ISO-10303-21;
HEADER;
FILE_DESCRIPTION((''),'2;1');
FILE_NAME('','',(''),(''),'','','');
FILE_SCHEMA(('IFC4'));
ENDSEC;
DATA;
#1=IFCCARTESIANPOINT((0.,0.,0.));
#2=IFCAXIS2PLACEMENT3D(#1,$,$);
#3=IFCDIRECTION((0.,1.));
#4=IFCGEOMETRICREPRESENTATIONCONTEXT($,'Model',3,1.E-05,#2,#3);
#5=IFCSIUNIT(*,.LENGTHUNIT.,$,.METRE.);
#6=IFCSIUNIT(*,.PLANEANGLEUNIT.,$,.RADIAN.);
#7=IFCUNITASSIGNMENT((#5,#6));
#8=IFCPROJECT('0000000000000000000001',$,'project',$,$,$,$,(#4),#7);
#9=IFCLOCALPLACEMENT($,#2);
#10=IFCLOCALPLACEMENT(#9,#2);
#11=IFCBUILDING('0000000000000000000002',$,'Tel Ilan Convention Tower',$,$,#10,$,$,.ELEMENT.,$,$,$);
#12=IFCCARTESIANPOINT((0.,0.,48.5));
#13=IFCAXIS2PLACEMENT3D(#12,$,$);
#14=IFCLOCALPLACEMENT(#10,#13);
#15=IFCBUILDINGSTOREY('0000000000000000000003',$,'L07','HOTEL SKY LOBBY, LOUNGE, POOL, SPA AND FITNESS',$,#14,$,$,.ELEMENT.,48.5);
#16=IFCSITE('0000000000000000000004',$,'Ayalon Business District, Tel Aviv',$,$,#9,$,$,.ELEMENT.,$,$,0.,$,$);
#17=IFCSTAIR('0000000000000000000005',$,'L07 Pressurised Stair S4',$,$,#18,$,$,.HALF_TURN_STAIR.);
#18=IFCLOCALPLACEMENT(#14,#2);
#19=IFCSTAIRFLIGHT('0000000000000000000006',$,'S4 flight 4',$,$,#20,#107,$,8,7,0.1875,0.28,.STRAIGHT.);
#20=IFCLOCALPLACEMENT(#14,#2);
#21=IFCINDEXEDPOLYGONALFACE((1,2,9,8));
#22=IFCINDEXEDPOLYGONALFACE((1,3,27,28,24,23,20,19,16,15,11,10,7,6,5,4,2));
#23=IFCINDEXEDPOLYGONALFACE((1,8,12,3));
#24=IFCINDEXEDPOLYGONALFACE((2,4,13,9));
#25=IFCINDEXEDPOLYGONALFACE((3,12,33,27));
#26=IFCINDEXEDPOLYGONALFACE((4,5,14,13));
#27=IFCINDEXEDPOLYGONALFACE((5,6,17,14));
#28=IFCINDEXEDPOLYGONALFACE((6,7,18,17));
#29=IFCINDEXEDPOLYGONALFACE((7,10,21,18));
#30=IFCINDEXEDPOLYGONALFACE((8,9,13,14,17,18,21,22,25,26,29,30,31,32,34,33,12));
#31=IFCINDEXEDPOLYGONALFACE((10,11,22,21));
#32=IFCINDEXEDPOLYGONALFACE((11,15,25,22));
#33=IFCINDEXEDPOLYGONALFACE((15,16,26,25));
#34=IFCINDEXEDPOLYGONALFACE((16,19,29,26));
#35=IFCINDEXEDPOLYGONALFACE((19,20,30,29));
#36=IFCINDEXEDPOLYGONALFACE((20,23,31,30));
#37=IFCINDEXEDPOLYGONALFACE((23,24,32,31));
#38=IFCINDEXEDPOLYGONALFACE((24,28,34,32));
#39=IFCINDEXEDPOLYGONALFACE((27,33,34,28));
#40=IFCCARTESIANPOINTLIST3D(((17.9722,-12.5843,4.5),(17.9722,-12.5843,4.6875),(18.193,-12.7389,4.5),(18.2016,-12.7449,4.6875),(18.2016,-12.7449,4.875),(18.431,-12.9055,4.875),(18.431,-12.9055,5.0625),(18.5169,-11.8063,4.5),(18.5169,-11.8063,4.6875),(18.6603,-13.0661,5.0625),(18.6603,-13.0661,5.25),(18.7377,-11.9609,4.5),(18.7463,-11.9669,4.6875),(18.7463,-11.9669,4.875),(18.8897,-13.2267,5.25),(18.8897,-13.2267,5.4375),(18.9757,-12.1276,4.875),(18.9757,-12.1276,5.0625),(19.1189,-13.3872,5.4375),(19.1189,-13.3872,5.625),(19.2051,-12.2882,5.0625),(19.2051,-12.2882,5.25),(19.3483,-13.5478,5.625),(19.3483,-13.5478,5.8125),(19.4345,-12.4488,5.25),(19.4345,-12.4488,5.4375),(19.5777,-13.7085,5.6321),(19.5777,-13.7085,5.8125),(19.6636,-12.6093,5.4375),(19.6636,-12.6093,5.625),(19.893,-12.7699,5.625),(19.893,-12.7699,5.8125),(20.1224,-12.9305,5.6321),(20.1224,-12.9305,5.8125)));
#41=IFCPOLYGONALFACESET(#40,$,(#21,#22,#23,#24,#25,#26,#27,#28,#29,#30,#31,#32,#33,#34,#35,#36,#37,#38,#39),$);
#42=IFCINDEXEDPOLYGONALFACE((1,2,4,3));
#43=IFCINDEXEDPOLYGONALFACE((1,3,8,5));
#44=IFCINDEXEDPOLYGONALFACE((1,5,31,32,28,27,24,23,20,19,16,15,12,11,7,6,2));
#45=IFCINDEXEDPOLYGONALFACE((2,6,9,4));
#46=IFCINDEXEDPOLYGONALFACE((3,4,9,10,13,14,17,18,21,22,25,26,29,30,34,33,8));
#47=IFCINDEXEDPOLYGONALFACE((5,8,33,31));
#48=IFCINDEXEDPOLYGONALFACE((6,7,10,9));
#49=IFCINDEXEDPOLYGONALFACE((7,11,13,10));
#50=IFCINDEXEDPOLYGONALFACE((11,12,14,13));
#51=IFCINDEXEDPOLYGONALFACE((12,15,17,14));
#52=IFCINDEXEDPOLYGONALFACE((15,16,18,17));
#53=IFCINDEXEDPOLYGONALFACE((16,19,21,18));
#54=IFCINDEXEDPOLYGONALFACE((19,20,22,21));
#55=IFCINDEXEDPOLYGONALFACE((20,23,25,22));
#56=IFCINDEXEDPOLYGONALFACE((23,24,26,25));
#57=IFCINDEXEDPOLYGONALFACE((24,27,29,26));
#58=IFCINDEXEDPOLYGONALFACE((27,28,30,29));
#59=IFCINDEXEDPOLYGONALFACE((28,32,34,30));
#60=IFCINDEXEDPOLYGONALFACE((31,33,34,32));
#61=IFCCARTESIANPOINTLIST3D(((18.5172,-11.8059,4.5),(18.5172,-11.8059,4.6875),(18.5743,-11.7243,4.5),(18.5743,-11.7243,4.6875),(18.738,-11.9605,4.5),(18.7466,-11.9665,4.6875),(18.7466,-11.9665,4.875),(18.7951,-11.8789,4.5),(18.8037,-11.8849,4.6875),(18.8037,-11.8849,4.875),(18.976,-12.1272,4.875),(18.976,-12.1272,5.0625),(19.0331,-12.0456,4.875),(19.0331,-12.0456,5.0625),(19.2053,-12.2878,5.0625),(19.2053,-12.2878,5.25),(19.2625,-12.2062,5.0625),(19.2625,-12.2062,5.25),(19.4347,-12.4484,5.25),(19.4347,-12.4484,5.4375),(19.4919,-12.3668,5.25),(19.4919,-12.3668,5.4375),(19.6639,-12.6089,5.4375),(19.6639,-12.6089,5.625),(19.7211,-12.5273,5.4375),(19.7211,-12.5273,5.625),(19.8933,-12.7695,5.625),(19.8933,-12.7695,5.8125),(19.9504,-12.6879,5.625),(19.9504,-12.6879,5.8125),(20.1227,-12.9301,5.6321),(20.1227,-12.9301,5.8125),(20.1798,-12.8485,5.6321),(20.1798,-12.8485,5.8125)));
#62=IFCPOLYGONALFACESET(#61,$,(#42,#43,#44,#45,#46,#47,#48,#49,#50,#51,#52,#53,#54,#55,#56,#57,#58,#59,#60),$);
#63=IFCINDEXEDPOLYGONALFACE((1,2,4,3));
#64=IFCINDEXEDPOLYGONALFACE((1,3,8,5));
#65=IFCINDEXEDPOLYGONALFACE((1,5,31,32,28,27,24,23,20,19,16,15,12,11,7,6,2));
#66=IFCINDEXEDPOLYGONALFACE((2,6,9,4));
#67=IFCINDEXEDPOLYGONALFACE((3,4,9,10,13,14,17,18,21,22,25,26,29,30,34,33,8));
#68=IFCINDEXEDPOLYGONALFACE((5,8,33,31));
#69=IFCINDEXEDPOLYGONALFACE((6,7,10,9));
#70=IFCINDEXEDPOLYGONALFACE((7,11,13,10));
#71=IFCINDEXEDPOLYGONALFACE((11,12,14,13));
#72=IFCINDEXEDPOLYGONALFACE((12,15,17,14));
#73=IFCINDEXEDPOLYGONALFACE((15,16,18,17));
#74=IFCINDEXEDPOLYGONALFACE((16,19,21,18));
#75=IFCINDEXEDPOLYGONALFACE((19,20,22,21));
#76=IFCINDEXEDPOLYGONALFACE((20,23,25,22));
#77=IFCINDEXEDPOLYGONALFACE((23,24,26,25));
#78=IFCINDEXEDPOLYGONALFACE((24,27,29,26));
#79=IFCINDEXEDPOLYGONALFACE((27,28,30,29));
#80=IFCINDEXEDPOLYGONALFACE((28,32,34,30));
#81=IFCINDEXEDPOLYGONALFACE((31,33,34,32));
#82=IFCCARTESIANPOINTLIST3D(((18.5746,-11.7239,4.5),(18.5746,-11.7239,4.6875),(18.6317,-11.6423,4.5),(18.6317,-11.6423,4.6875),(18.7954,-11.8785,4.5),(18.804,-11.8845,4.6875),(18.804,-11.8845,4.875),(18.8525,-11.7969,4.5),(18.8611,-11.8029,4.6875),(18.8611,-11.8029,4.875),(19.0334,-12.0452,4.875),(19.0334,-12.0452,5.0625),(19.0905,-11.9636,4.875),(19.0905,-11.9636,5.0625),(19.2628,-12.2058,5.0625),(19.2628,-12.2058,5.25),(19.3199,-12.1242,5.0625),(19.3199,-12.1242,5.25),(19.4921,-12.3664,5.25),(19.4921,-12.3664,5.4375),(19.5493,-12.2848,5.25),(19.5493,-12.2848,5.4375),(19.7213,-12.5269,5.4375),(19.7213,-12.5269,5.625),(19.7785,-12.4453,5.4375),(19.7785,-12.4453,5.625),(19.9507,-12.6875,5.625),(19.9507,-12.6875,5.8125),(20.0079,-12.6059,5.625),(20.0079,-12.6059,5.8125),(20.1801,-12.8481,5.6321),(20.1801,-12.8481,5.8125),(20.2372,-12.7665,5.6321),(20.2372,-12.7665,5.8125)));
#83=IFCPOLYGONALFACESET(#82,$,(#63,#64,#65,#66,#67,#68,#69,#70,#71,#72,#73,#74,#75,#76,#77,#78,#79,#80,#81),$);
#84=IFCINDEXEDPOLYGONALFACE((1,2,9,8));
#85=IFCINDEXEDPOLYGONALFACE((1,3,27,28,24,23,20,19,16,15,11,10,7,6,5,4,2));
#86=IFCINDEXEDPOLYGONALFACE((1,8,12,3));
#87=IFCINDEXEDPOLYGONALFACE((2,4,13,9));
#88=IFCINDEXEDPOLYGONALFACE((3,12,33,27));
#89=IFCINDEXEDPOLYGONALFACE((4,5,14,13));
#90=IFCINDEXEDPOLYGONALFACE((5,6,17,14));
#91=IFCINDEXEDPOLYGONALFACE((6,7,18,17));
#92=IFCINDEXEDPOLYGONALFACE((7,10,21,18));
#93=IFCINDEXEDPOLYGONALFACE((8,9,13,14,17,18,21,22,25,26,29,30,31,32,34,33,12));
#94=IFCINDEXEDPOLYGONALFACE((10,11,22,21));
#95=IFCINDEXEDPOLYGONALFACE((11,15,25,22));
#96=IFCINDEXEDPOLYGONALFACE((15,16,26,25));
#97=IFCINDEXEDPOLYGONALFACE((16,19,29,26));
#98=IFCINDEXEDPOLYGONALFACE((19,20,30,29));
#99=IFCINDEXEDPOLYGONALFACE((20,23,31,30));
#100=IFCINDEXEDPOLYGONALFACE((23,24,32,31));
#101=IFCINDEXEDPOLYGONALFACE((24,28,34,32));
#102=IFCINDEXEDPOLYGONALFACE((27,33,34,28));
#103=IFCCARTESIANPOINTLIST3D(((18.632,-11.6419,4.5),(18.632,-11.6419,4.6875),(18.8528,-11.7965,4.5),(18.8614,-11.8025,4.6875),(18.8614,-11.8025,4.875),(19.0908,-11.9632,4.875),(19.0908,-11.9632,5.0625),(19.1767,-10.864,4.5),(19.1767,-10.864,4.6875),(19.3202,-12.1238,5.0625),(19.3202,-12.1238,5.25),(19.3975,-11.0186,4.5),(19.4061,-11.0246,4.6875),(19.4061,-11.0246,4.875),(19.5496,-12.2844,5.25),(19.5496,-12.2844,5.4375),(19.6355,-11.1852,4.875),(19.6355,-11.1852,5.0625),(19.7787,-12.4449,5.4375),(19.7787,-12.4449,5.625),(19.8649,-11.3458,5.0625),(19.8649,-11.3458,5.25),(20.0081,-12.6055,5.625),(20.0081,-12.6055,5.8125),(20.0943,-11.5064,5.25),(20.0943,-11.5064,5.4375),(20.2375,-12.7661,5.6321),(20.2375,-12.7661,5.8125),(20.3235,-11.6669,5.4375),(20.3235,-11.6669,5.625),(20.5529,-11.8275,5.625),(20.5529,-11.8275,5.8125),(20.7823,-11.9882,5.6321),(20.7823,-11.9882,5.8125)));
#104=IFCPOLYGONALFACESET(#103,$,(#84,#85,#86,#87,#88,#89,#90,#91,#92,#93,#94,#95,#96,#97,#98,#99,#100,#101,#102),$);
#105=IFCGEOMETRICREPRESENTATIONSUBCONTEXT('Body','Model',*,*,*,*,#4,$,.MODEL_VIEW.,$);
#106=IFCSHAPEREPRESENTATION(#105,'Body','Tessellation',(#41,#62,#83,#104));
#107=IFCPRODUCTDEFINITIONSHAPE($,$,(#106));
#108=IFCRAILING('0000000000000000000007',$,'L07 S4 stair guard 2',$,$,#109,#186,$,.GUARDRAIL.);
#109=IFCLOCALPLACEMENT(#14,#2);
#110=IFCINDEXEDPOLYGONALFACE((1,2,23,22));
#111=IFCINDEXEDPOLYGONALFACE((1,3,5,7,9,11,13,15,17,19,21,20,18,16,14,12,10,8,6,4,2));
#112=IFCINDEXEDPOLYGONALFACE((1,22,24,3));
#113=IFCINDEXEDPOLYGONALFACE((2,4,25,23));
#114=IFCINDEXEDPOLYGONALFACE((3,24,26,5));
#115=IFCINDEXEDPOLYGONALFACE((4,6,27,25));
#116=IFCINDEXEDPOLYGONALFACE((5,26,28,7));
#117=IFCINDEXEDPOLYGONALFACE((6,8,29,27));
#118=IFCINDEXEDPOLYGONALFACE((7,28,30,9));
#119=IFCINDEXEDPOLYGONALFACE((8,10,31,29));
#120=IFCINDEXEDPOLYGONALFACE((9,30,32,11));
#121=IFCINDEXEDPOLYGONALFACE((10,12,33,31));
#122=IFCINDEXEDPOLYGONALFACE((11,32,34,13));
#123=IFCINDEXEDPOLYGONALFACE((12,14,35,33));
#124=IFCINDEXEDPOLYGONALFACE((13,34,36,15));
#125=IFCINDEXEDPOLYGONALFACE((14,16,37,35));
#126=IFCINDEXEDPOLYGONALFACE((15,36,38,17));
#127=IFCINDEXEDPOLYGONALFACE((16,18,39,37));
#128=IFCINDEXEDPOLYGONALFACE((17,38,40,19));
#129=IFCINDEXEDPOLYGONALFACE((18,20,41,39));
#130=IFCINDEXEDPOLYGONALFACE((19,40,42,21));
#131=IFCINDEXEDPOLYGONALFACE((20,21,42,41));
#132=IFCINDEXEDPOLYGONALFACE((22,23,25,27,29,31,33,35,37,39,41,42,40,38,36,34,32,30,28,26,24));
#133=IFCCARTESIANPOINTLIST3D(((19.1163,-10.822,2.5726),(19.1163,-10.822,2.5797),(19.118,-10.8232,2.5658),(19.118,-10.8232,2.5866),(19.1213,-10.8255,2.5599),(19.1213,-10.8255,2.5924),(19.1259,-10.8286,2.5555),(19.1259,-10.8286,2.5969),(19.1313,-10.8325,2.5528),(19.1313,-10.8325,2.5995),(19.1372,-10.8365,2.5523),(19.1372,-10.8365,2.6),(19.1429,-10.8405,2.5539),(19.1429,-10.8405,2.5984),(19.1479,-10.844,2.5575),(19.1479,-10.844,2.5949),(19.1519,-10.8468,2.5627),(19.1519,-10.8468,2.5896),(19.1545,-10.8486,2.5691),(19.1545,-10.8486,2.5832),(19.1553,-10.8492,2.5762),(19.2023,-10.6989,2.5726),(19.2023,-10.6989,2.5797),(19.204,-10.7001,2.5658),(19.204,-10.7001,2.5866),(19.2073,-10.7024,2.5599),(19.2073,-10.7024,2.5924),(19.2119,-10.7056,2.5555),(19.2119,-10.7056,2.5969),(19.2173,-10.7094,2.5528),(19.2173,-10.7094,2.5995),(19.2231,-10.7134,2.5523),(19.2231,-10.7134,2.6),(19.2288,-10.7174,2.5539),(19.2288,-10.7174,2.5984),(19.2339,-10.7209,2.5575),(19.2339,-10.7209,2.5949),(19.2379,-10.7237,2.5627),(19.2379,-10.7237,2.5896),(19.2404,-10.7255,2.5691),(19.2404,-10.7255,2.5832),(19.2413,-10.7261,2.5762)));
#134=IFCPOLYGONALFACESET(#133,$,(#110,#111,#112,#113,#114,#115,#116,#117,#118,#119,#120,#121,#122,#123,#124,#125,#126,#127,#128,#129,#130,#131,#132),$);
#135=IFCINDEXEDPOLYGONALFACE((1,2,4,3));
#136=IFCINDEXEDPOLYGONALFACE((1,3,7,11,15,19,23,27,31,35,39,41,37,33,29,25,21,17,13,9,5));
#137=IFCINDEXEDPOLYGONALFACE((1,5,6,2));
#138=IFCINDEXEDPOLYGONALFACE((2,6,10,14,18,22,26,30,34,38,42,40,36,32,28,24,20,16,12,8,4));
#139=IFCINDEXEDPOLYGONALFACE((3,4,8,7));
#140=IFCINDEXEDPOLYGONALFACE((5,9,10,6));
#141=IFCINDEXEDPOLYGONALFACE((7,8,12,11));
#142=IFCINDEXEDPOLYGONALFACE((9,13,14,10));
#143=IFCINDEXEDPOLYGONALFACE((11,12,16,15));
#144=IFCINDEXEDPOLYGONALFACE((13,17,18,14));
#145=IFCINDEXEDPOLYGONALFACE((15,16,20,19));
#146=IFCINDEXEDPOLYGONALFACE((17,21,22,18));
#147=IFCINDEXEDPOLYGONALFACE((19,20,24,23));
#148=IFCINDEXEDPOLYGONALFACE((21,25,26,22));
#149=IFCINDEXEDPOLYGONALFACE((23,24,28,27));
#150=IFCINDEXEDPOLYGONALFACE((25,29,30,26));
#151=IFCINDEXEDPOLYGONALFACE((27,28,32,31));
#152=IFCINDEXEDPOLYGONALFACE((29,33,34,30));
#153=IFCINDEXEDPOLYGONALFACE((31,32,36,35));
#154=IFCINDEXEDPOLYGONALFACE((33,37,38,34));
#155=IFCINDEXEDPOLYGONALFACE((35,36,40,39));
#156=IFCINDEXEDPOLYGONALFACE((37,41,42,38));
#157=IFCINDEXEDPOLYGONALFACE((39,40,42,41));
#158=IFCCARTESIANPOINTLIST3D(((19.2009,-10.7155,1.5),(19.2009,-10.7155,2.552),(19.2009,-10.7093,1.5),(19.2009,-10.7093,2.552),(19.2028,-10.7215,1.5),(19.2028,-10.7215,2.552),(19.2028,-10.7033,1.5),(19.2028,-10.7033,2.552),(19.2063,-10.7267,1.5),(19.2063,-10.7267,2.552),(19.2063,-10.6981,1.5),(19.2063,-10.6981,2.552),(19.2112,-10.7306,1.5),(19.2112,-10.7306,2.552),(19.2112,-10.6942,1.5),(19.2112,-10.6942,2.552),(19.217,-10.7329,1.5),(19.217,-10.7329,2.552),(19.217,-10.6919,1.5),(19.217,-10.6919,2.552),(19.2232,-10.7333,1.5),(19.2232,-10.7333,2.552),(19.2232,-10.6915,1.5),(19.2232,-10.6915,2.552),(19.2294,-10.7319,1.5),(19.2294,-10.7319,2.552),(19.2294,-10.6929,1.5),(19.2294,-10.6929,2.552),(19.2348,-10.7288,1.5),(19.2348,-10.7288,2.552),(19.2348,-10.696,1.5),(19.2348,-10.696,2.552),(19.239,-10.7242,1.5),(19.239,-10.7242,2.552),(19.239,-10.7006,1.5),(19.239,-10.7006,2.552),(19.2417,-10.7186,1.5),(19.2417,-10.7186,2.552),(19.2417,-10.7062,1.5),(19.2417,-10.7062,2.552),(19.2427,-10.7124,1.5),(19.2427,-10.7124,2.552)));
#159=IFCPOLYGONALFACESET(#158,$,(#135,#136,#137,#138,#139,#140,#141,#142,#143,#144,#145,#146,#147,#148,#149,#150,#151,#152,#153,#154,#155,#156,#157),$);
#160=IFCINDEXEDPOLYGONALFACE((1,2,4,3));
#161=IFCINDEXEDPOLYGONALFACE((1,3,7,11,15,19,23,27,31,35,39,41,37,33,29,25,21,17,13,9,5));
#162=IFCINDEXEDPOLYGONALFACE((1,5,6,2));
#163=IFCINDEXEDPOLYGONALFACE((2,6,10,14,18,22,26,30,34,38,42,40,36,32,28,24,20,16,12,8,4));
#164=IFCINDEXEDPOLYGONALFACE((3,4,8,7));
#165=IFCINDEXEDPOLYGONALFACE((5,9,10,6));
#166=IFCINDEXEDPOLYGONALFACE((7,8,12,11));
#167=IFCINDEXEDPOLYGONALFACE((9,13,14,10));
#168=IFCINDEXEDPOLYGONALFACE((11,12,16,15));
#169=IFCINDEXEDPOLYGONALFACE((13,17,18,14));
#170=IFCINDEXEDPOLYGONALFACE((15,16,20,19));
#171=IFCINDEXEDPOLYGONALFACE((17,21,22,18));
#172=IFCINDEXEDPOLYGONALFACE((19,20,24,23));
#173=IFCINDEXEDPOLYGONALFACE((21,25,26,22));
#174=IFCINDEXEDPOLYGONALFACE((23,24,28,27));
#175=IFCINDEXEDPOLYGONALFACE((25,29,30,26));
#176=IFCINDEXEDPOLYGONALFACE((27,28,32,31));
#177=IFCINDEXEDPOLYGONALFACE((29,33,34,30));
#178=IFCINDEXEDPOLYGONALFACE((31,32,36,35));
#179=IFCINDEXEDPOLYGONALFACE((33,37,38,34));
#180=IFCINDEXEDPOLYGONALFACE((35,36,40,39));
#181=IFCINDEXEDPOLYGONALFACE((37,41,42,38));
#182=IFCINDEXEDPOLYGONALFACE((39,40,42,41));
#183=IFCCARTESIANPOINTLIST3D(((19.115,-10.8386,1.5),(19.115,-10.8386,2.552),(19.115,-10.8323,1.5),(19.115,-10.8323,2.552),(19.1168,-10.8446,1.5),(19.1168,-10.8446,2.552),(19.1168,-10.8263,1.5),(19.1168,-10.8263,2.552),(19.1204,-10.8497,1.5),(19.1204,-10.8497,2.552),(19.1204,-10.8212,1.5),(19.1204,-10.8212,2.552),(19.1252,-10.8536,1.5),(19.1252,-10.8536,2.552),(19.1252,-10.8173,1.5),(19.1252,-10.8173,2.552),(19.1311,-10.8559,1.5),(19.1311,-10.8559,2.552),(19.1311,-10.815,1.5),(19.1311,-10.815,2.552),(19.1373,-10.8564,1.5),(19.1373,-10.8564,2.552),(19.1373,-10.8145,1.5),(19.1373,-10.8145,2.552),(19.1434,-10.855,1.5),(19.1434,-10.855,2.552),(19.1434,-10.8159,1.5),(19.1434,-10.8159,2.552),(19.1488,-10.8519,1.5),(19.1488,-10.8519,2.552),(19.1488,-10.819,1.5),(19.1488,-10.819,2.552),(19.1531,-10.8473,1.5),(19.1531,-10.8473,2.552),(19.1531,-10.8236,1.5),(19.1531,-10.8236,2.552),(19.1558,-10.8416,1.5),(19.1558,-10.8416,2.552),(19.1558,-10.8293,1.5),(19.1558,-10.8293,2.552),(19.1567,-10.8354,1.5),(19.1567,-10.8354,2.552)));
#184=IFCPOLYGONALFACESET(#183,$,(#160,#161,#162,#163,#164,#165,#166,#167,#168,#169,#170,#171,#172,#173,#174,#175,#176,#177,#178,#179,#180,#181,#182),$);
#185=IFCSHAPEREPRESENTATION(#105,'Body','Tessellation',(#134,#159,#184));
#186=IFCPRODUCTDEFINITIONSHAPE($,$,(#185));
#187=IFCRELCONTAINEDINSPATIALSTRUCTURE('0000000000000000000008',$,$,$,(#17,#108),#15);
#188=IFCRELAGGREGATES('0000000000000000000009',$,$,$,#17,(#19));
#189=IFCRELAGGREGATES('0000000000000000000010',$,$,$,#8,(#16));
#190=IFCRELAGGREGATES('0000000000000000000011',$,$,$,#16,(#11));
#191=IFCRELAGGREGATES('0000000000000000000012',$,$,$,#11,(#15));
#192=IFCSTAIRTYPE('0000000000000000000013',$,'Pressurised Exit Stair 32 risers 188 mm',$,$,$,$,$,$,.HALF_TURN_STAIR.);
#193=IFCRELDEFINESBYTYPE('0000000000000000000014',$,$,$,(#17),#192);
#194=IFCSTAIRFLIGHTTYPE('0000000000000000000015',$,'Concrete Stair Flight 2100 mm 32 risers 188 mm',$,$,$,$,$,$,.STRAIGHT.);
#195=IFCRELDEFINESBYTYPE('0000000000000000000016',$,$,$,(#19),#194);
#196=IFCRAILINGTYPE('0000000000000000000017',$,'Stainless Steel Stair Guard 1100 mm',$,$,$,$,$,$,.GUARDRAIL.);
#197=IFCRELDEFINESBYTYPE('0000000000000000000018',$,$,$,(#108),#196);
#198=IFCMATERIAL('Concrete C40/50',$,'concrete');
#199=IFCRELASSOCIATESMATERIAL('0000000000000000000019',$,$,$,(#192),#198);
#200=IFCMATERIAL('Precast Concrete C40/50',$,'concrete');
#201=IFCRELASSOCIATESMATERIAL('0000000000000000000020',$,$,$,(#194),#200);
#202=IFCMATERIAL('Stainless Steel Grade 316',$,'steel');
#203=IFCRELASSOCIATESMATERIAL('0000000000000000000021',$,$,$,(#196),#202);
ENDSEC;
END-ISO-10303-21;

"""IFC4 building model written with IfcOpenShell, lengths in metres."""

from ifc_helpers import new_model, si_unit, direction, frame, origin, origin_2d, place, context, subcontext, project, spatial, polyline, circle, outline, extrude, material, type_object, element, aggregate, save


model = new_model("IFC4")

# Units and contexts
model_context = context("Model", 3, precision=1e-05, world=origin(), true_north=direction((0.0, 1.0)))
body_context = subcontext(model_context, "Body", "Model", "MODEL_VIEW")
ifc_project = project(units=[si_unit("LENGTHUNIT", "METRE"), si_unit("PLANEANGLEUNIT", "RADIAN")], contexts=[model_context])

# Site, building, storey
site_placement = place(None, origin())
site = spatial("IfcSite", under=ifc_project, at=site_placement, Name="Ayalon Business District, Tel Aviv", CompositionType="ELEMENT", RefElevation=0.0)
building_placement = place(site_placement, origin())
building = spatial("IfcBuilding", under=site, at=building_placement, Name="Tel Ilan Convention Tower", CompositionType="ELEMENT")
storey_placement = place(building_placement, frame((0.0, 0.0, 48.5)))
storey = spatial("IfcBuildingStorey", under=building, at=storey_placement, Name="L07", Description="HOTEL SKY LOBBY, LOUNGE, POOL, SPA AND FITNESS", CompositionType="ELEMENT", Elevation=48.5)

# Stair, stair flight
ifc_material_1 = material(Name="Concrete C40/50", Category="concrete")
stair_type = type_object("IfcStairType", Name="Pressurised Exit Stair 32 risers 188 mm", PredefinedType="HALF_TURN_STAIR", material=ifc_material_1)
stair_placement = place(storey_placement, origin())
stair = element("IfcStair", 1, at=stair_placement, inside=storey, type_object=stair_type, Name="L07 Pressurised Stair S4", PredefinedType="HALF_TURN_STAIR")
ifc_material_2 = material(Name="Precast Concrete C40/50", Category="concrete")
stair_flight_type = type_object("IfcStairFlightType", Name="Concrete Stair Flight 2100 mm 32 risers 188 mm", PredefinedType="STRAIGHT", material=ifc_material_2)
stair_flight_1_placement = place(storey_placement, frame((18.5745, -11.7241, 4.5), z_axis=(0.0, 0.0, 1.0), x_axis=(0.819152, -0.573576, 0.0)))
stair_flight_1 = element("IfcStairFlight", 2, at=stair_flight_1_placement, type_object=stair_flight_type, Name="S4 flight 4", NumberOfRisers=8, NumberOfTreads=7, PredefinedType="STRAIGHT", RiserHeight=0.1875, TreadLength=0.28, context=body_context, shape_type="SweptSolid", body=[
    extrude(outline(polyline([(0.0, 0.0), (0.0, 0.1875), (0.28, 0.1875), (0.28, 0.375), (0.5601, 0.375), (0.5601, 0.5625), (0.8401, 0.5625), (0.8401, 0.75), (1.1201, 0.75), (1.1201, 0.9375), (1.3999, 0.9375), (1.3999, 1.125), (1.6799, 1.125), (1.6799, 1.3125), (1.96, 1.3125), (1.96, 1.5), (1.96, 1.1321), (0.2695, 0.0), (0.0, 0.0)])), frame((0.0, -0.1003, 0.0), z_axis=(0.0, -1.0, 0.0), x_axis=(1.0, 0.0, 0.0)), (0.0, 0.0, 1.0), 0.9497),
    extrude(outline(polyline([(0.0, 0.0), (0.0, 0.1875), (0.28, 0.1875), (0.28, 0.375), (0.5601, 0.375), (0.5601, 0.5625), (0.8401, 0.5625), (0.8401, 0.75), (1.1201, 0.75), (1.1201, 0.9375), (1.3999, 0.9375), (1.3999, 1.125), (1.6799, 1.125), (1.6799, 1.3125), (1.96, 1.3125), (1.96, 1.5), (1.96, 1.1321), (0.2695, 0.0), (0.0, 0.0)])), frame((0.0, -0.0002, 0.0), z_axis=(0.0, -1.0, 0.0), x_axis=(1.0, 0.0, 0.0)), (0.0, 0.0, 1.0), 0.0996),
    extrude(outline(polyline([(0.0, 0.0), (0.0, 0.1875), (0.28, 0.1875), (0.28, 0.375), (0.5601, 0.375), (0.5601, 0.5625), (0.8401, 0.5625), (0.8401, 0.75), (1.1201, 0.75), (1.1201, 0.9375), (1.3999, 0.9375), (1.3999, 1.125), (1.6799, 1.125), (1.6799, 1.3125), (1.96, 1.3125), (1.96, 1.5), (1.96, 1.1321), (0.2695, 0.0), (0.0, 0.0)])), frame((0.0, 0.0999, 0.0), z_axis=(0.0, -1.0, 0.0), x_axis=(1.0, 0.0, 0.0)), (0.0, 0.0, 1.0), 0.0996),
    extrude(outline(polyline([(0.0, 0.0), (0.0, 0.1875), (0.28, 0.1875), (0.28, 0.375), (0.5601, 0.375), (0.5601, 0.5625), (0.8401, 0.5625), (0.8401, 0.75), (1.1201, 0.75), (1.1201, 0.9375), (1.3999, 0.9375), (1.3999, 1.125), (1.6799, 1.125), (1.6799, 1.3125), (1.96, 1.3125), (1.96, 1.5), (1.96, 1.1321), (0.2695, 0.0), (0.0, 0.0)])), frame((0.0, 1.05, 0.0), z_axis=(0.0, -1.0, 0.0), x_axis=(1.0, 0.0, 0.0)), (0.0, 0.0, 1.0), 0.9497),
])
aggregate(stair, [stair_flight_1])

# Railing
ifc_material_3 = material(Name="Stainless Steel Grade 316", Category="steel")
railing_type_1 = type_object("IfcRailingType", Name="Stainless Steel Stair Guard 1100 mm", PredefinedType="GUARDRAIL", material=ifc_material_3)
railing_1_placement = place(storey_placement, frame((19.2217, -10.7124, 1.5)))
element("IfcRailing", 3, at=railing_1_placement, inside=storey, type_object=railing_type_1, Name="L07 S4 stair guard 2", PredefinedType="GUARDRAIL", context=body_context, shape_type="SweptSolid", body=[
    extrude(circle(Radius=0.0239, at=origin_2d()), frame((0.0, 0.0, 1.0762), z_axis=(-0.572589, -0.819843, 0.0), x_axis=(0.819843, -0.572589, 0.0)), (0.0, 0.0, 1.0), 0.1501),
    extrude(circle(Radius=0.021, at=origin_2d()), origin(), (0.0, 0.0, 1.0), 1.052),
    extrude(circle(Radius=0.021, at=origin_2d()), frame((-0.0859, -0.123, 0.0)), (0.0, 0.0, 1.0), 1.052),
])

save(model, "model.ifc")
